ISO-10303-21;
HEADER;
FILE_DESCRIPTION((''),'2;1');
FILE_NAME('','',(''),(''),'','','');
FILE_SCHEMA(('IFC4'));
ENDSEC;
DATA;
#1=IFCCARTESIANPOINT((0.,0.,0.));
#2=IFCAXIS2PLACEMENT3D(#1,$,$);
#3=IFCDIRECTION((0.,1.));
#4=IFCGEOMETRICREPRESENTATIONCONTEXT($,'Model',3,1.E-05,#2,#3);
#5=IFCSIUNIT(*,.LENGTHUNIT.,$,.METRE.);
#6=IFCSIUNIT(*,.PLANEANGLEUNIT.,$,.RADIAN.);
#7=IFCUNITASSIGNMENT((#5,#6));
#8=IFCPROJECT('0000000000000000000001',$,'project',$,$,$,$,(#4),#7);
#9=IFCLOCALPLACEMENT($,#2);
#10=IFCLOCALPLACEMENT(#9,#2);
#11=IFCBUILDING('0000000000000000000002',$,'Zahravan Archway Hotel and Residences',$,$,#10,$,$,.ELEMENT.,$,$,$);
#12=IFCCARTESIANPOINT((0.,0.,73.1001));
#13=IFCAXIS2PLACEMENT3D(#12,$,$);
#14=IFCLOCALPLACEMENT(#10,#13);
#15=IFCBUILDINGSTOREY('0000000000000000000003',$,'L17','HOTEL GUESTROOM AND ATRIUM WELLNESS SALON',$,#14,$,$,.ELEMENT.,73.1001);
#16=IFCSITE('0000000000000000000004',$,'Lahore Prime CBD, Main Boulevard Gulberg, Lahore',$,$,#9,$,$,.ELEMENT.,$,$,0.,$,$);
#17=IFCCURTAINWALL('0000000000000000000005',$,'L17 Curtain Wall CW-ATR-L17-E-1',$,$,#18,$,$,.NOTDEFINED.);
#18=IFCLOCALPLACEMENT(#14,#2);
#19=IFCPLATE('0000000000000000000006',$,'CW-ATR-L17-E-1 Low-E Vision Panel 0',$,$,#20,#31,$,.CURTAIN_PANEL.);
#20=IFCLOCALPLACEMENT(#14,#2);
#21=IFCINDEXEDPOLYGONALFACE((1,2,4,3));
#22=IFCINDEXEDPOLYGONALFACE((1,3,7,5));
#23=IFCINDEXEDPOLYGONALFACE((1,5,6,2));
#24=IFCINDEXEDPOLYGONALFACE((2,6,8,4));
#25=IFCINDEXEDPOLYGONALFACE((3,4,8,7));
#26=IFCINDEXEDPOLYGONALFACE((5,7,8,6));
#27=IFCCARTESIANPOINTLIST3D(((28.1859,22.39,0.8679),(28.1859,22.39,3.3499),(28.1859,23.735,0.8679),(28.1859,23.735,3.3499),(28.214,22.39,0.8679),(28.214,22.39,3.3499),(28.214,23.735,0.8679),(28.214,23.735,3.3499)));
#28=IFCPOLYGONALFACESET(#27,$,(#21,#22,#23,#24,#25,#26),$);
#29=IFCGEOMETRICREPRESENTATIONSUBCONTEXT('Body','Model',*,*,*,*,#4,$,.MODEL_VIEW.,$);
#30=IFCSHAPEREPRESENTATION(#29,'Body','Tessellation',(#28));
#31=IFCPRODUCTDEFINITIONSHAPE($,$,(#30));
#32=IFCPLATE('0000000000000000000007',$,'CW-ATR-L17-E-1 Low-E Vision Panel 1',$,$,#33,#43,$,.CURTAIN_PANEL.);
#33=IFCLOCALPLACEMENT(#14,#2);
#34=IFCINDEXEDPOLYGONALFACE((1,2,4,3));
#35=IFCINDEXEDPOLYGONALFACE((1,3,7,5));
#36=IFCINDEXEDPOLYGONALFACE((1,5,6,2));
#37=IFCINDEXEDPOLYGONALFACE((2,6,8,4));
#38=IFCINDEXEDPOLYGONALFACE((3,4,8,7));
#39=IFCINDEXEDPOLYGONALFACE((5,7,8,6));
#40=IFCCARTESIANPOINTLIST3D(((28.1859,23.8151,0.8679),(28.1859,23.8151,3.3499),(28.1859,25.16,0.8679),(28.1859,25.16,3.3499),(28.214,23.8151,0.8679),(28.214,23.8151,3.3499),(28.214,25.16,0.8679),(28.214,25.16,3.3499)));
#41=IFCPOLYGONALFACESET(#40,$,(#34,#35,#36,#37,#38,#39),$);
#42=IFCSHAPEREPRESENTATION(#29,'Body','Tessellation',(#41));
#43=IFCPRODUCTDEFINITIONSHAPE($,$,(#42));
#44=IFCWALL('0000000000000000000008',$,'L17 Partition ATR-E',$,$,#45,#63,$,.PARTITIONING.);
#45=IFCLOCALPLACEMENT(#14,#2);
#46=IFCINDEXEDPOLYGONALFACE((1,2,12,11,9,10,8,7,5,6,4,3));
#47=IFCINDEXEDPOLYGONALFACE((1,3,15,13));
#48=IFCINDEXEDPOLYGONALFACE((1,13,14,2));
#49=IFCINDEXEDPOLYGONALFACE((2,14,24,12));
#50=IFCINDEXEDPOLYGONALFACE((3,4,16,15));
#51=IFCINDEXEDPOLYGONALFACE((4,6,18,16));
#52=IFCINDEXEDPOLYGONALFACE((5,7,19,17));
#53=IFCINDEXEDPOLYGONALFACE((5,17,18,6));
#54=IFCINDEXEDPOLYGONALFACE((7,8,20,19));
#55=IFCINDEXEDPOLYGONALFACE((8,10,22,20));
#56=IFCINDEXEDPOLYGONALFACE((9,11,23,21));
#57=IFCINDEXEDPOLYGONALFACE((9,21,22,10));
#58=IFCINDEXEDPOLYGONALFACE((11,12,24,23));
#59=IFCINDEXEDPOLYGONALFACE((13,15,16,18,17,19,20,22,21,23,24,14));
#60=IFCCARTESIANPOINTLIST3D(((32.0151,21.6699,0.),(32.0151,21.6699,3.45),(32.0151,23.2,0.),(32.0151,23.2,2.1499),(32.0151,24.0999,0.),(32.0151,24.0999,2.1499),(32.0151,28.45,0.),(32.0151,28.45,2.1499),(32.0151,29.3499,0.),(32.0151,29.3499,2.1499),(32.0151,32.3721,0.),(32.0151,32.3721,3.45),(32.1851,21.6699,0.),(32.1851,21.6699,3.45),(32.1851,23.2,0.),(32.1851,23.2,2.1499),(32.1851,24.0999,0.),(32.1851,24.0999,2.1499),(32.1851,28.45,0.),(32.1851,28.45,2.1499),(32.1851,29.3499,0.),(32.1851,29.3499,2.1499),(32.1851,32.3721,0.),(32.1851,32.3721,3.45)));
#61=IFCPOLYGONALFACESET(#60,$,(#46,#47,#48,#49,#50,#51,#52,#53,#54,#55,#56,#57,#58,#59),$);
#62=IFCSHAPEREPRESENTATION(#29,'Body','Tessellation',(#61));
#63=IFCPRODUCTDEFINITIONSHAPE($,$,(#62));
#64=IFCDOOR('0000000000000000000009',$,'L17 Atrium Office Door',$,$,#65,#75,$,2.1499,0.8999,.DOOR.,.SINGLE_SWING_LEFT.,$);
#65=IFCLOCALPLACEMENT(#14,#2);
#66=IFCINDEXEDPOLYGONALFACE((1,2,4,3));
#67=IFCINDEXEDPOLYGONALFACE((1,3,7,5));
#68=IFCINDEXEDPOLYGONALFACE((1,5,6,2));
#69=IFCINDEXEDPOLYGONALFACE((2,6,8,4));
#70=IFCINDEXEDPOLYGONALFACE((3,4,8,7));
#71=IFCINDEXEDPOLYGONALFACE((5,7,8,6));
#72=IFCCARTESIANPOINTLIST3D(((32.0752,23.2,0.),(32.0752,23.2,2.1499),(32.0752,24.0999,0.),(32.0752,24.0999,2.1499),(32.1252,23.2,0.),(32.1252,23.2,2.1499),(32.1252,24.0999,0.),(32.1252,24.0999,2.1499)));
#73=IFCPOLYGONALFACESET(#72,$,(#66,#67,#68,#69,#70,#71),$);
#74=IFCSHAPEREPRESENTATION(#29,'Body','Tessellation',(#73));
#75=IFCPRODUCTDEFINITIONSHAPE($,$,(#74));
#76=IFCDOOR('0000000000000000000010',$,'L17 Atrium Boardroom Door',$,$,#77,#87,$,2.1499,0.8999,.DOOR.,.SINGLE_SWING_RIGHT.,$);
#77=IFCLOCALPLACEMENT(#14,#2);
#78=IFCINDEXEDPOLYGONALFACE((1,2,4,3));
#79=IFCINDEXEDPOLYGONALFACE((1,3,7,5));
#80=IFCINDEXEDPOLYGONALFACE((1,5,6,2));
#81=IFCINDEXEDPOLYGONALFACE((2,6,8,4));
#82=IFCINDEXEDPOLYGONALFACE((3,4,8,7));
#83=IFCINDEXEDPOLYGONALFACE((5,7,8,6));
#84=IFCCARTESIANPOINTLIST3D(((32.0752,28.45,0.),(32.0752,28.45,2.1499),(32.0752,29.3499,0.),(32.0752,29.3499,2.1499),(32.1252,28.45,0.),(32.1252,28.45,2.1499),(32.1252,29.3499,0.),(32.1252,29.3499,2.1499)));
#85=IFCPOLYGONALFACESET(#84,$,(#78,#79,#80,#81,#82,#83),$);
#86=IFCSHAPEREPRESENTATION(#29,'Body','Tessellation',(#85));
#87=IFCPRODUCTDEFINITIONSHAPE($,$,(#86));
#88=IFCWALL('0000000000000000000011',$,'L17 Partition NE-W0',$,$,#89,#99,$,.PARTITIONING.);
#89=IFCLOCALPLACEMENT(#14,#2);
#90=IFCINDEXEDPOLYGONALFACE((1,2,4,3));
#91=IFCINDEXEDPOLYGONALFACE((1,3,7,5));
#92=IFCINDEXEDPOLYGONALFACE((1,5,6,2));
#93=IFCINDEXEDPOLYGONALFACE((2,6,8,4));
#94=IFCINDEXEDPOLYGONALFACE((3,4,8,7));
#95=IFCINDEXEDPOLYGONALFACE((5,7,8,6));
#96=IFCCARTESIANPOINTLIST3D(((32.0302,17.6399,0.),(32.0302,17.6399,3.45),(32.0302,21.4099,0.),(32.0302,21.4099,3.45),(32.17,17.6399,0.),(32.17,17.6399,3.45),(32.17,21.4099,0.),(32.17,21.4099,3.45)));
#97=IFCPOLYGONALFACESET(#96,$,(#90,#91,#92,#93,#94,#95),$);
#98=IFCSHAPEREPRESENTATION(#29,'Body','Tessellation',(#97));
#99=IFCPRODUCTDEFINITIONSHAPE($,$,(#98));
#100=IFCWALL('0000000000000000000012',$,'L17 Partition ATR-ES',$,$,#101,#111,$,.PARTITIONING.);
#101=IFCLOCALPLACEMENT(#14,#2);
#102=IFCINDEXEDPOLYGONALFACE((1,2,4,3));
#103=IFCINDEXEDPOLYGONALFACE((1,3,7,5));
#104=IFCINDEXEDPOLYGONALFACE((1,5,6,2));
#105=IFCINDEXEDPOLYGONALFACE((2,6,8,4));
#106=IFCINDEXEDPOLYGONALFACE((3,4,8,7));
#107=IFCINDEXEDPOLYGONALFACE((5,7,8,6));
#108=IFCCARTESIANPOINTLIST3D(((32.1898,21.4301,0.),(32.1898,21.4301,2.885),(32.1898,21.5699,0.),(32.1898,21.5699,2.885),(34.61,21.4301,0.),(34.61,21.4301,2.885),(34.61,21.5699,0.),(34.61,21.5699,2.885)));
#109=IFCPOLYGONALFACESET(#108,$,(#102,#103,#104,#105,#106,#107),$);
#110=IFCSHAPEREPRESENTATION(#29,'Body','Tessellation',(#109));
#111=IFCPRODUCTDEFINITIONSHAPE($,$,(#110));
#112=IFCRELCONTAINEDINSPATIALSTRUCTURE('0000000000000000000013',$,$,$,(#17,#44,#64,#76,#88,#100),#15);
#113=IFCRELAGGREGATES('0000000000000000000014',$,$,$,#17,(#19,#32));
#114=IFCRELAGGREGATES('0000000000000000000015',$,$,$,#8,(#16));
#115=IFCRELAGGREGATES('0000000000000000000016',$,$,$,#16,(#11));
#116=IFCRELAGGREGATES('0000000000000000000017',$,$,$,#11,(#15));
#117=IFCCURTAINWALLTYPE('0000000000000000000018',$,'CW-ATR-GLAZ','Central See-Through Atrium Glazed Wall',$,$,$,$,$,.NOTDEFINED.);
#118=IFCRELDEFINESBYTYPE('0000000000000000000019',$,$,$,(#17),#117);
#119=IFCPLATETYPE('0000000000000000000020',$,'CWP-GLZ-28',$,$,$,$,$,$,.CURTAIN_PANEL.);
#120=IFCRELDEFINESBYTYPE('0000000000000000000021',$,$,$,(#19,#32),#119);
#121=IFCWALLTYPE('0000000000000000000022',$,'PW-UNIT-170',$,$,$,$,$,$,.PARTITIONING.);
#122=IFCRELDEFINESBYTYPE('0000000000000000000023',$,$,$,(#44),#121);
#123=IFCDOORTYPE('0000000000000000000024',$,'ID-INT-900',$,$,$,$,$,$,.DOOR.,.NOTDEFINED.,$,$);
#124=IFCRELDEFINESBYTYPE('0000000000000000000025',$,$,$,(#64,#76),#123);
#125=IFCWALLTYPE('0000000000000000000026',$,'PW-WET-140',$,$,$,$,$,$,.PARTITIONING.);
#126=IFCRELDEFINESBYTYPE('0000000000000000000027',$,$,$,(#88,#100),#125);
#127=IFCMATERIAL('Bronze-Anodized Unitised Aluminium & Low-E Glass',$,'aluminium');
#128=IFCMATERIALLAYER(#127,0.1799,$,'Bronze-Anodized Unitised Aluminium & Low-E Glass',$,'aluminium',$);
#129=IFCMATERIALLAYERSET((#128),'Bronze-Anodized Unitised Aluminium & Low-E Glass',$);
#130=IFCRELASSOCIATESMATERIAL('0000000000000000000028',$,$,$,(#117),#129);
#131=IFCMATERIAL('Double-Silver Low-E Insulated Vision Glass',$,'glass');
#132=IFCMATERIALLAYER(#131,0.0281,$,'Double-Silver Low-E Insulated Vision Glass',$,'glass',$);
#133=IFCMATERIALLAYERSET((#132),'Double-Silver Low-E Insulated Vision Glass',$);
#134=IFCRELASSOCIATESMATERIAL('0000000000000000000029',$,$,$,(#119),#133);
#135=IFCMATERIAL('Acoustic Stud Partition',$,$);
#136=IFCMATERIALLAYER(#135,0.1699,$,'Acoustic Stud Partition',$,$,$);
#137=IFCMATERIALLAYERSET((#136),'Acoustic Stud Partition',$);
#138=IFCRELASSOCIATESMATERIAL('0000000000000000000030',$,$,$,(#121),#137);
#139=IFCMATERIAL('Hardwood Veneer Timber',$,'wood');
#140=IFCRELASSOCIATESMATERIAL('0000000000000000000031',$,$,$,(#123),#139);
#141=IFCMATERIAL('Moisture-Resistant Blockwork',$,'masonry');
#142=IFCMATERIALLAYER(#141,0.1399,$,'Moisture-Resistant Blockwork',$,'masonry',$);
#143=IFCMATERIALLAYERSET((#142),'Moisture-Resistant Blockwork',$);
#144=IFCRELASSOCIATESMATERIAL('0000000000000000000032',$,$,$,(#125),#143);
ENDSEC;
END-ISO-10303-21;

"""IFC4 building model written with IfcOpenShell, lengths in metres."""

from ifc_helpers import new_model, si_unit, direction, frame, frame_2d, origin, origin_2d, place, context, subcontext, project, spatial, rectangle, extrude, source, transform, mapped, material, layer, layer_set, type_object, type_shapes, element, fill, aggregate, save


model = new_model("IFC4")

# Units and contexts
model_context = context("Model", 3, precision=1e-05, world=origin(), true_north=direction((0.0, 1.0)))
body_context = subcontext(model_context, "Body", "Model", "MODEL_VIEW")
ifc_project = project(units=[si_unit("LENGTHUNIT", "METRE"), si_unit("PLANEANGLEUNIT", "RADIAN")], contexts=[model_context])

# Site, building, storey
site_placement = place(None, origin())
site = spatial("IfcSite", under=ifc_project, at=site_placement, Name="Lahore Prime CBD, Main Boulevard Gulberg, Lahore", CompositionType="ELEMENT", RefElevation=0.0)
building_placement = place(site_placement, origin())
building = spatial("IfcBuilding", under=site, at=building_placement, Name="Zahravan Archway Hotel and Residences", CompositionType="ELEMENT")
storey_placement = place(building_placement, frame((0.0, 0.0, 73.1001)))
storey = spatial("IfcBuildingStorey", under=building, at=storey_placement, Name="L17", Description="HOTEL GUESTROOM AND ATRIUM WELLNESS SALON", CompositionType="ELEMENT", Elevation=73.1001)

# Curtain wall
ifc_material_1 = material(Name="Bronze-Anodized Unitised Aluminium & Low-E Glass", Category="aluminium")
ifc_layer_1 = layer(ifc_material_1, 0.1799, Name="Bronze-Anodized Unitised Aluminium & Low-E Glass", Category="aluminium")
ifc_layer_set_1 = layer_set([ifc_layer_1], Name="Bronze-Anodized Unitised Aluminium & Low-E Glass")
curtain_wall_type = type_object("IfcCurtainWallType", Name="CW-ATR-GLAZ", Description="Central See-Through Atrium Glazed Wall", PredefinedType="NOTDEFINED", material=ifc_layer_set_1)
curtain_wall_1_placement = place(storey_placement, origin())
curtain_wall_1 = element("IfcCurtainWall", 1, at=curtain_wall_1_placement, inside=storey, type_object=curtain_wall_type, Name="L17 Curtain Wall CW-ATR-L17-E-1", PredefinedType="NOTDEFINED")

# Plates
ifc_material_2 = material(Name="Double-Silver Low-E Insulated Vision Glass", Category="glass")
ifc_layer_2 = layer(ifc_material_2, 0.0281, Name="Double-Silver Low-E Insulated Vision Glass", Category="glass")
ifc_layer_set_2 = layer_set([ifc_layer_2], Name="Double-Silver Low-E Insulated Vision Glass")
plate_type_1 = type_object("IfcPlateType", Name="CWP-GLZ-28", PredefinedType="CURTAIN_PANEL", material=ifc_layer_set_2)
shared_shape_1 = source(origin(), body_context, "Body", "SweptSolid", [
    extrude(rectangle(XDim=1.345, YDim=0.0281, at=origin_2d()), origin(), (0.0, 0.0, 1.0), 2.4819),
])
plate_1_placement = place(storey_placement, frame((28.2, 23.0625, 0.8679), z_axis=(0.0, 0.0, 1.0), x_axis=(0.0, 1.0, 0.0)))
plate_1 = element("IfcPlate", 2, at=plate_1_placement, type_object=plate_type_1, Name="CW-ATR-L17-E-1 Low-E Vision Panel 0", PredefinedType="CURTAIN_PANEL", context=body_context, shape_type="MappedRepresentation", body=[
    mapped(shared_shape_1, transform((0.0, 0.0, 0.0), scale=1.0)),
])
plate_2_placement = place(storey_placement, frame((28.2, 24.4875, 0.8679), z_axis=(0.0, 0.0, 1.0), x_axis=(0.0, 1.0, 0.0)))
plate_2 = element("IfcPlate", 3, at=plate_2_placement, type_object=plate_type_1, Name="CW-ATR-L17-E-1 Low-E Vision Panel 1", PredefinedType="CURTAIN_PANEL", context=body_context, shape_type="MappedRepresentation", body=[
    mapped(shared_shape_1, transform((0.0, 0.0, 0.0), scale=1.0)),
])
aggregate(curtain_wall_1, [plate_1, plate_2])

# Wall, openings, doors
ifc_material_3 = material(Name="Acoustic Stud Partition")
ifc_layer_3 = layer(ifc_material_3, 0.1699, Name="Acoustic Stud Partition")
ifc_layer_set_3 = layer_set([ifc_layer_3], Name="Acoustic Stud Partition")
wall_type_1 = type_object("IfcWallType", Name="PW-UNIT-170", PredefinedType="PARTITIONING", material=ifc_layer_set_3)
wall_1_placement = place(storey_placement, frame((32.1001, 21.6699, 0.0), z_axis=(0.0, 0.0, 1.0), x_axis=(0.0, 1.0, 0.0)))
wall_1 = element("IfcWall", 4, at=wall_1_placement, inside=storey, type_object=wall_type_1, Name="L17 Partition ATR-E", PredefinedType="PARTITIONING", context=body_context, shape_type="SweptSolid", body=[
    extrude(rectangle(XDim=10.7021, YDim=0.1699, at=frame_2d((5.3511, 0.0))), origin(), (0.0, 0.0, 1.0), 3.45),
])
opening_1_placement = place(wall_1_placement, frame((1.53, 0.0, 0.0)))
opening_1 = element("IfcOpeningElement", 5, at=opening_1_placement, cuts=wall_1, PredefinedType="OPENING", context=body_context, shape_type="SweptSolid", body=[
    extrude(rectangle(XDim=0.8999, YDim=2.1499, at=frame_2d((0.45, 1.075))), frame((0.0, 0.095, 0.0), z_axis=(0.0, -1.0, 0.0), x_axis=(1.0, 0.0, 0.0)), (0.0, 0.0, 1.0), 0.1899),
])
opening_2_placement = place(wall_1_placement, frame((6.78, 0.0, 0.0)))
opening_2 = element("IfcOpeningElement", 6, at=opening_2_placement, cuts=wall_1, PredefinedType="OPENING", context=body_context, shape_type="SweptSolid", body=[
    extrude(rectangle(XDim=0.8999, YDim=2.1499, at=frame_2d((0.45, 1.075))), frame((0.0, 0.095, 0.0), z_axis=(0.0, -1.0, 0.0), x_axis=(1.0, 0.0, 0.0)), (0.0, 0.0, 1.0), 0.1899),
])
ifc_material_4 = material(Name="Hardwood Veneer Timber", Category="wood")
door_type = type_object("IfcDoorType", Name="ID-INT-900", OperationType="NOTDEFINED", PredefinedType="DOOR", material=ifc_material_4)
shared_shape_2 = source(origin(), body_context, "Body", "SweptSolid", [
    extrude(rectangle(XDim=0.8999, YDim=2.1499, at=frame_2d((0.45, 1.075))), frame((0.0, 0.0249, 0.0), z_axis=(0.0, -1.0, 0.0), x_axis=(1.0, 0.0, 0.0)), (0.0, 0.0, 1.0), 0.05),
])
type_shapes(door_type, [shared_shape_2])
door_1_placement = place(opening_1_placement, origin())
door_1 = element("IfcDoor", 7, at=door_1_placement, inside=storey, type_object=door_type, Name="L17 Atrium Office Door", OperationType="SINGLE_SWING_LEFT", OverallHeight=2.1499, OverallWidth=0.8999, PredefinedType="DOOR", context=body_context, shape_type="MappedRepresentation", body=[
    mapped(shared_shape_2, transform((0.0, 0.0, 0.0), scale=1.0)),
])
fill(opening_1, door_1)
door_2_placement = place(opening_2_placement, origin())
door_2 = element("IfcDoor", 8, at=door_2_placement, inside=storey, type_object=door_type, Name="L17 Atrium Boardroom Door", OperationType="SINGLE_SWING_RIGHT", OverallHeight=2.1499, OverallWidth=0.8999, PredefinedType="DOOR", context=body_context, shape_type="MappedRepresentation", body=[
    mapped(shared_shape_2, transform((0.0, 0.0, 0.0), scale=1.0)),
])
fill(opening_2, door_2)

# Walls
ifc_material_5 = material(Name="Moisture-Resistant Blockwork", Category="masonry")
ifc_layer_4 = layer(ifc_material_5, 0.1399, Name="Moisture-Resistant Blockwork", Category="masonry")
ifc_layer_set_4 = layer_set([ifc_layer_4], Name="Moisture-Resistant Blockwork")
wall_type_2 = type_object("IfcWallType", Name="PW-WET-140", PredefinedType="PARTITIONING", material=ifc_layer_set_4)
wall_2_placement = place(storey_placement, frame((32.1001, 17.6399, 0.0), z_axis=(0.0, 0.0, 1.0), x_axis=(0.0, 1.0, 0.0)))
element("IfcWall", 9, at=wall_2_placement, inside=storey, type_object=wall_type_2, Name="L17 Partition NE-W0", PredefinedType="PARTITIONING", context=body_context, shape_type="SweptSolid", body=[
    extrude(rectangle(XDim=3.77, YDim=0.1399, at=frame_2d((1.885, 0.0))), origin(), (0.0, 0.0, 1.0), 3.45),
])
wall_3_placement = place(storey_placement, frame((32.1899, 21.5, 0.0), z_axis=(0.0, 0.0, 1.0), x_axis=(1.0, 0.0, 0.0)))
element("IfcWall", 10, at=wall_3_placement, inside=storey, type_object=wall_type_2, Name="L17 Partition ATR-ES", PredefinedType="PARTITIONING", context=body_context, shape_type="SweptSolid", body=[
    extrude(rectangle(XDim=2.4202, YDim=0.1399, at=frame_2d((1.21, 0.0))), origin(), (0.0, 0.0, 1.0), 2.885),
])

save(model, "model.ifc")
